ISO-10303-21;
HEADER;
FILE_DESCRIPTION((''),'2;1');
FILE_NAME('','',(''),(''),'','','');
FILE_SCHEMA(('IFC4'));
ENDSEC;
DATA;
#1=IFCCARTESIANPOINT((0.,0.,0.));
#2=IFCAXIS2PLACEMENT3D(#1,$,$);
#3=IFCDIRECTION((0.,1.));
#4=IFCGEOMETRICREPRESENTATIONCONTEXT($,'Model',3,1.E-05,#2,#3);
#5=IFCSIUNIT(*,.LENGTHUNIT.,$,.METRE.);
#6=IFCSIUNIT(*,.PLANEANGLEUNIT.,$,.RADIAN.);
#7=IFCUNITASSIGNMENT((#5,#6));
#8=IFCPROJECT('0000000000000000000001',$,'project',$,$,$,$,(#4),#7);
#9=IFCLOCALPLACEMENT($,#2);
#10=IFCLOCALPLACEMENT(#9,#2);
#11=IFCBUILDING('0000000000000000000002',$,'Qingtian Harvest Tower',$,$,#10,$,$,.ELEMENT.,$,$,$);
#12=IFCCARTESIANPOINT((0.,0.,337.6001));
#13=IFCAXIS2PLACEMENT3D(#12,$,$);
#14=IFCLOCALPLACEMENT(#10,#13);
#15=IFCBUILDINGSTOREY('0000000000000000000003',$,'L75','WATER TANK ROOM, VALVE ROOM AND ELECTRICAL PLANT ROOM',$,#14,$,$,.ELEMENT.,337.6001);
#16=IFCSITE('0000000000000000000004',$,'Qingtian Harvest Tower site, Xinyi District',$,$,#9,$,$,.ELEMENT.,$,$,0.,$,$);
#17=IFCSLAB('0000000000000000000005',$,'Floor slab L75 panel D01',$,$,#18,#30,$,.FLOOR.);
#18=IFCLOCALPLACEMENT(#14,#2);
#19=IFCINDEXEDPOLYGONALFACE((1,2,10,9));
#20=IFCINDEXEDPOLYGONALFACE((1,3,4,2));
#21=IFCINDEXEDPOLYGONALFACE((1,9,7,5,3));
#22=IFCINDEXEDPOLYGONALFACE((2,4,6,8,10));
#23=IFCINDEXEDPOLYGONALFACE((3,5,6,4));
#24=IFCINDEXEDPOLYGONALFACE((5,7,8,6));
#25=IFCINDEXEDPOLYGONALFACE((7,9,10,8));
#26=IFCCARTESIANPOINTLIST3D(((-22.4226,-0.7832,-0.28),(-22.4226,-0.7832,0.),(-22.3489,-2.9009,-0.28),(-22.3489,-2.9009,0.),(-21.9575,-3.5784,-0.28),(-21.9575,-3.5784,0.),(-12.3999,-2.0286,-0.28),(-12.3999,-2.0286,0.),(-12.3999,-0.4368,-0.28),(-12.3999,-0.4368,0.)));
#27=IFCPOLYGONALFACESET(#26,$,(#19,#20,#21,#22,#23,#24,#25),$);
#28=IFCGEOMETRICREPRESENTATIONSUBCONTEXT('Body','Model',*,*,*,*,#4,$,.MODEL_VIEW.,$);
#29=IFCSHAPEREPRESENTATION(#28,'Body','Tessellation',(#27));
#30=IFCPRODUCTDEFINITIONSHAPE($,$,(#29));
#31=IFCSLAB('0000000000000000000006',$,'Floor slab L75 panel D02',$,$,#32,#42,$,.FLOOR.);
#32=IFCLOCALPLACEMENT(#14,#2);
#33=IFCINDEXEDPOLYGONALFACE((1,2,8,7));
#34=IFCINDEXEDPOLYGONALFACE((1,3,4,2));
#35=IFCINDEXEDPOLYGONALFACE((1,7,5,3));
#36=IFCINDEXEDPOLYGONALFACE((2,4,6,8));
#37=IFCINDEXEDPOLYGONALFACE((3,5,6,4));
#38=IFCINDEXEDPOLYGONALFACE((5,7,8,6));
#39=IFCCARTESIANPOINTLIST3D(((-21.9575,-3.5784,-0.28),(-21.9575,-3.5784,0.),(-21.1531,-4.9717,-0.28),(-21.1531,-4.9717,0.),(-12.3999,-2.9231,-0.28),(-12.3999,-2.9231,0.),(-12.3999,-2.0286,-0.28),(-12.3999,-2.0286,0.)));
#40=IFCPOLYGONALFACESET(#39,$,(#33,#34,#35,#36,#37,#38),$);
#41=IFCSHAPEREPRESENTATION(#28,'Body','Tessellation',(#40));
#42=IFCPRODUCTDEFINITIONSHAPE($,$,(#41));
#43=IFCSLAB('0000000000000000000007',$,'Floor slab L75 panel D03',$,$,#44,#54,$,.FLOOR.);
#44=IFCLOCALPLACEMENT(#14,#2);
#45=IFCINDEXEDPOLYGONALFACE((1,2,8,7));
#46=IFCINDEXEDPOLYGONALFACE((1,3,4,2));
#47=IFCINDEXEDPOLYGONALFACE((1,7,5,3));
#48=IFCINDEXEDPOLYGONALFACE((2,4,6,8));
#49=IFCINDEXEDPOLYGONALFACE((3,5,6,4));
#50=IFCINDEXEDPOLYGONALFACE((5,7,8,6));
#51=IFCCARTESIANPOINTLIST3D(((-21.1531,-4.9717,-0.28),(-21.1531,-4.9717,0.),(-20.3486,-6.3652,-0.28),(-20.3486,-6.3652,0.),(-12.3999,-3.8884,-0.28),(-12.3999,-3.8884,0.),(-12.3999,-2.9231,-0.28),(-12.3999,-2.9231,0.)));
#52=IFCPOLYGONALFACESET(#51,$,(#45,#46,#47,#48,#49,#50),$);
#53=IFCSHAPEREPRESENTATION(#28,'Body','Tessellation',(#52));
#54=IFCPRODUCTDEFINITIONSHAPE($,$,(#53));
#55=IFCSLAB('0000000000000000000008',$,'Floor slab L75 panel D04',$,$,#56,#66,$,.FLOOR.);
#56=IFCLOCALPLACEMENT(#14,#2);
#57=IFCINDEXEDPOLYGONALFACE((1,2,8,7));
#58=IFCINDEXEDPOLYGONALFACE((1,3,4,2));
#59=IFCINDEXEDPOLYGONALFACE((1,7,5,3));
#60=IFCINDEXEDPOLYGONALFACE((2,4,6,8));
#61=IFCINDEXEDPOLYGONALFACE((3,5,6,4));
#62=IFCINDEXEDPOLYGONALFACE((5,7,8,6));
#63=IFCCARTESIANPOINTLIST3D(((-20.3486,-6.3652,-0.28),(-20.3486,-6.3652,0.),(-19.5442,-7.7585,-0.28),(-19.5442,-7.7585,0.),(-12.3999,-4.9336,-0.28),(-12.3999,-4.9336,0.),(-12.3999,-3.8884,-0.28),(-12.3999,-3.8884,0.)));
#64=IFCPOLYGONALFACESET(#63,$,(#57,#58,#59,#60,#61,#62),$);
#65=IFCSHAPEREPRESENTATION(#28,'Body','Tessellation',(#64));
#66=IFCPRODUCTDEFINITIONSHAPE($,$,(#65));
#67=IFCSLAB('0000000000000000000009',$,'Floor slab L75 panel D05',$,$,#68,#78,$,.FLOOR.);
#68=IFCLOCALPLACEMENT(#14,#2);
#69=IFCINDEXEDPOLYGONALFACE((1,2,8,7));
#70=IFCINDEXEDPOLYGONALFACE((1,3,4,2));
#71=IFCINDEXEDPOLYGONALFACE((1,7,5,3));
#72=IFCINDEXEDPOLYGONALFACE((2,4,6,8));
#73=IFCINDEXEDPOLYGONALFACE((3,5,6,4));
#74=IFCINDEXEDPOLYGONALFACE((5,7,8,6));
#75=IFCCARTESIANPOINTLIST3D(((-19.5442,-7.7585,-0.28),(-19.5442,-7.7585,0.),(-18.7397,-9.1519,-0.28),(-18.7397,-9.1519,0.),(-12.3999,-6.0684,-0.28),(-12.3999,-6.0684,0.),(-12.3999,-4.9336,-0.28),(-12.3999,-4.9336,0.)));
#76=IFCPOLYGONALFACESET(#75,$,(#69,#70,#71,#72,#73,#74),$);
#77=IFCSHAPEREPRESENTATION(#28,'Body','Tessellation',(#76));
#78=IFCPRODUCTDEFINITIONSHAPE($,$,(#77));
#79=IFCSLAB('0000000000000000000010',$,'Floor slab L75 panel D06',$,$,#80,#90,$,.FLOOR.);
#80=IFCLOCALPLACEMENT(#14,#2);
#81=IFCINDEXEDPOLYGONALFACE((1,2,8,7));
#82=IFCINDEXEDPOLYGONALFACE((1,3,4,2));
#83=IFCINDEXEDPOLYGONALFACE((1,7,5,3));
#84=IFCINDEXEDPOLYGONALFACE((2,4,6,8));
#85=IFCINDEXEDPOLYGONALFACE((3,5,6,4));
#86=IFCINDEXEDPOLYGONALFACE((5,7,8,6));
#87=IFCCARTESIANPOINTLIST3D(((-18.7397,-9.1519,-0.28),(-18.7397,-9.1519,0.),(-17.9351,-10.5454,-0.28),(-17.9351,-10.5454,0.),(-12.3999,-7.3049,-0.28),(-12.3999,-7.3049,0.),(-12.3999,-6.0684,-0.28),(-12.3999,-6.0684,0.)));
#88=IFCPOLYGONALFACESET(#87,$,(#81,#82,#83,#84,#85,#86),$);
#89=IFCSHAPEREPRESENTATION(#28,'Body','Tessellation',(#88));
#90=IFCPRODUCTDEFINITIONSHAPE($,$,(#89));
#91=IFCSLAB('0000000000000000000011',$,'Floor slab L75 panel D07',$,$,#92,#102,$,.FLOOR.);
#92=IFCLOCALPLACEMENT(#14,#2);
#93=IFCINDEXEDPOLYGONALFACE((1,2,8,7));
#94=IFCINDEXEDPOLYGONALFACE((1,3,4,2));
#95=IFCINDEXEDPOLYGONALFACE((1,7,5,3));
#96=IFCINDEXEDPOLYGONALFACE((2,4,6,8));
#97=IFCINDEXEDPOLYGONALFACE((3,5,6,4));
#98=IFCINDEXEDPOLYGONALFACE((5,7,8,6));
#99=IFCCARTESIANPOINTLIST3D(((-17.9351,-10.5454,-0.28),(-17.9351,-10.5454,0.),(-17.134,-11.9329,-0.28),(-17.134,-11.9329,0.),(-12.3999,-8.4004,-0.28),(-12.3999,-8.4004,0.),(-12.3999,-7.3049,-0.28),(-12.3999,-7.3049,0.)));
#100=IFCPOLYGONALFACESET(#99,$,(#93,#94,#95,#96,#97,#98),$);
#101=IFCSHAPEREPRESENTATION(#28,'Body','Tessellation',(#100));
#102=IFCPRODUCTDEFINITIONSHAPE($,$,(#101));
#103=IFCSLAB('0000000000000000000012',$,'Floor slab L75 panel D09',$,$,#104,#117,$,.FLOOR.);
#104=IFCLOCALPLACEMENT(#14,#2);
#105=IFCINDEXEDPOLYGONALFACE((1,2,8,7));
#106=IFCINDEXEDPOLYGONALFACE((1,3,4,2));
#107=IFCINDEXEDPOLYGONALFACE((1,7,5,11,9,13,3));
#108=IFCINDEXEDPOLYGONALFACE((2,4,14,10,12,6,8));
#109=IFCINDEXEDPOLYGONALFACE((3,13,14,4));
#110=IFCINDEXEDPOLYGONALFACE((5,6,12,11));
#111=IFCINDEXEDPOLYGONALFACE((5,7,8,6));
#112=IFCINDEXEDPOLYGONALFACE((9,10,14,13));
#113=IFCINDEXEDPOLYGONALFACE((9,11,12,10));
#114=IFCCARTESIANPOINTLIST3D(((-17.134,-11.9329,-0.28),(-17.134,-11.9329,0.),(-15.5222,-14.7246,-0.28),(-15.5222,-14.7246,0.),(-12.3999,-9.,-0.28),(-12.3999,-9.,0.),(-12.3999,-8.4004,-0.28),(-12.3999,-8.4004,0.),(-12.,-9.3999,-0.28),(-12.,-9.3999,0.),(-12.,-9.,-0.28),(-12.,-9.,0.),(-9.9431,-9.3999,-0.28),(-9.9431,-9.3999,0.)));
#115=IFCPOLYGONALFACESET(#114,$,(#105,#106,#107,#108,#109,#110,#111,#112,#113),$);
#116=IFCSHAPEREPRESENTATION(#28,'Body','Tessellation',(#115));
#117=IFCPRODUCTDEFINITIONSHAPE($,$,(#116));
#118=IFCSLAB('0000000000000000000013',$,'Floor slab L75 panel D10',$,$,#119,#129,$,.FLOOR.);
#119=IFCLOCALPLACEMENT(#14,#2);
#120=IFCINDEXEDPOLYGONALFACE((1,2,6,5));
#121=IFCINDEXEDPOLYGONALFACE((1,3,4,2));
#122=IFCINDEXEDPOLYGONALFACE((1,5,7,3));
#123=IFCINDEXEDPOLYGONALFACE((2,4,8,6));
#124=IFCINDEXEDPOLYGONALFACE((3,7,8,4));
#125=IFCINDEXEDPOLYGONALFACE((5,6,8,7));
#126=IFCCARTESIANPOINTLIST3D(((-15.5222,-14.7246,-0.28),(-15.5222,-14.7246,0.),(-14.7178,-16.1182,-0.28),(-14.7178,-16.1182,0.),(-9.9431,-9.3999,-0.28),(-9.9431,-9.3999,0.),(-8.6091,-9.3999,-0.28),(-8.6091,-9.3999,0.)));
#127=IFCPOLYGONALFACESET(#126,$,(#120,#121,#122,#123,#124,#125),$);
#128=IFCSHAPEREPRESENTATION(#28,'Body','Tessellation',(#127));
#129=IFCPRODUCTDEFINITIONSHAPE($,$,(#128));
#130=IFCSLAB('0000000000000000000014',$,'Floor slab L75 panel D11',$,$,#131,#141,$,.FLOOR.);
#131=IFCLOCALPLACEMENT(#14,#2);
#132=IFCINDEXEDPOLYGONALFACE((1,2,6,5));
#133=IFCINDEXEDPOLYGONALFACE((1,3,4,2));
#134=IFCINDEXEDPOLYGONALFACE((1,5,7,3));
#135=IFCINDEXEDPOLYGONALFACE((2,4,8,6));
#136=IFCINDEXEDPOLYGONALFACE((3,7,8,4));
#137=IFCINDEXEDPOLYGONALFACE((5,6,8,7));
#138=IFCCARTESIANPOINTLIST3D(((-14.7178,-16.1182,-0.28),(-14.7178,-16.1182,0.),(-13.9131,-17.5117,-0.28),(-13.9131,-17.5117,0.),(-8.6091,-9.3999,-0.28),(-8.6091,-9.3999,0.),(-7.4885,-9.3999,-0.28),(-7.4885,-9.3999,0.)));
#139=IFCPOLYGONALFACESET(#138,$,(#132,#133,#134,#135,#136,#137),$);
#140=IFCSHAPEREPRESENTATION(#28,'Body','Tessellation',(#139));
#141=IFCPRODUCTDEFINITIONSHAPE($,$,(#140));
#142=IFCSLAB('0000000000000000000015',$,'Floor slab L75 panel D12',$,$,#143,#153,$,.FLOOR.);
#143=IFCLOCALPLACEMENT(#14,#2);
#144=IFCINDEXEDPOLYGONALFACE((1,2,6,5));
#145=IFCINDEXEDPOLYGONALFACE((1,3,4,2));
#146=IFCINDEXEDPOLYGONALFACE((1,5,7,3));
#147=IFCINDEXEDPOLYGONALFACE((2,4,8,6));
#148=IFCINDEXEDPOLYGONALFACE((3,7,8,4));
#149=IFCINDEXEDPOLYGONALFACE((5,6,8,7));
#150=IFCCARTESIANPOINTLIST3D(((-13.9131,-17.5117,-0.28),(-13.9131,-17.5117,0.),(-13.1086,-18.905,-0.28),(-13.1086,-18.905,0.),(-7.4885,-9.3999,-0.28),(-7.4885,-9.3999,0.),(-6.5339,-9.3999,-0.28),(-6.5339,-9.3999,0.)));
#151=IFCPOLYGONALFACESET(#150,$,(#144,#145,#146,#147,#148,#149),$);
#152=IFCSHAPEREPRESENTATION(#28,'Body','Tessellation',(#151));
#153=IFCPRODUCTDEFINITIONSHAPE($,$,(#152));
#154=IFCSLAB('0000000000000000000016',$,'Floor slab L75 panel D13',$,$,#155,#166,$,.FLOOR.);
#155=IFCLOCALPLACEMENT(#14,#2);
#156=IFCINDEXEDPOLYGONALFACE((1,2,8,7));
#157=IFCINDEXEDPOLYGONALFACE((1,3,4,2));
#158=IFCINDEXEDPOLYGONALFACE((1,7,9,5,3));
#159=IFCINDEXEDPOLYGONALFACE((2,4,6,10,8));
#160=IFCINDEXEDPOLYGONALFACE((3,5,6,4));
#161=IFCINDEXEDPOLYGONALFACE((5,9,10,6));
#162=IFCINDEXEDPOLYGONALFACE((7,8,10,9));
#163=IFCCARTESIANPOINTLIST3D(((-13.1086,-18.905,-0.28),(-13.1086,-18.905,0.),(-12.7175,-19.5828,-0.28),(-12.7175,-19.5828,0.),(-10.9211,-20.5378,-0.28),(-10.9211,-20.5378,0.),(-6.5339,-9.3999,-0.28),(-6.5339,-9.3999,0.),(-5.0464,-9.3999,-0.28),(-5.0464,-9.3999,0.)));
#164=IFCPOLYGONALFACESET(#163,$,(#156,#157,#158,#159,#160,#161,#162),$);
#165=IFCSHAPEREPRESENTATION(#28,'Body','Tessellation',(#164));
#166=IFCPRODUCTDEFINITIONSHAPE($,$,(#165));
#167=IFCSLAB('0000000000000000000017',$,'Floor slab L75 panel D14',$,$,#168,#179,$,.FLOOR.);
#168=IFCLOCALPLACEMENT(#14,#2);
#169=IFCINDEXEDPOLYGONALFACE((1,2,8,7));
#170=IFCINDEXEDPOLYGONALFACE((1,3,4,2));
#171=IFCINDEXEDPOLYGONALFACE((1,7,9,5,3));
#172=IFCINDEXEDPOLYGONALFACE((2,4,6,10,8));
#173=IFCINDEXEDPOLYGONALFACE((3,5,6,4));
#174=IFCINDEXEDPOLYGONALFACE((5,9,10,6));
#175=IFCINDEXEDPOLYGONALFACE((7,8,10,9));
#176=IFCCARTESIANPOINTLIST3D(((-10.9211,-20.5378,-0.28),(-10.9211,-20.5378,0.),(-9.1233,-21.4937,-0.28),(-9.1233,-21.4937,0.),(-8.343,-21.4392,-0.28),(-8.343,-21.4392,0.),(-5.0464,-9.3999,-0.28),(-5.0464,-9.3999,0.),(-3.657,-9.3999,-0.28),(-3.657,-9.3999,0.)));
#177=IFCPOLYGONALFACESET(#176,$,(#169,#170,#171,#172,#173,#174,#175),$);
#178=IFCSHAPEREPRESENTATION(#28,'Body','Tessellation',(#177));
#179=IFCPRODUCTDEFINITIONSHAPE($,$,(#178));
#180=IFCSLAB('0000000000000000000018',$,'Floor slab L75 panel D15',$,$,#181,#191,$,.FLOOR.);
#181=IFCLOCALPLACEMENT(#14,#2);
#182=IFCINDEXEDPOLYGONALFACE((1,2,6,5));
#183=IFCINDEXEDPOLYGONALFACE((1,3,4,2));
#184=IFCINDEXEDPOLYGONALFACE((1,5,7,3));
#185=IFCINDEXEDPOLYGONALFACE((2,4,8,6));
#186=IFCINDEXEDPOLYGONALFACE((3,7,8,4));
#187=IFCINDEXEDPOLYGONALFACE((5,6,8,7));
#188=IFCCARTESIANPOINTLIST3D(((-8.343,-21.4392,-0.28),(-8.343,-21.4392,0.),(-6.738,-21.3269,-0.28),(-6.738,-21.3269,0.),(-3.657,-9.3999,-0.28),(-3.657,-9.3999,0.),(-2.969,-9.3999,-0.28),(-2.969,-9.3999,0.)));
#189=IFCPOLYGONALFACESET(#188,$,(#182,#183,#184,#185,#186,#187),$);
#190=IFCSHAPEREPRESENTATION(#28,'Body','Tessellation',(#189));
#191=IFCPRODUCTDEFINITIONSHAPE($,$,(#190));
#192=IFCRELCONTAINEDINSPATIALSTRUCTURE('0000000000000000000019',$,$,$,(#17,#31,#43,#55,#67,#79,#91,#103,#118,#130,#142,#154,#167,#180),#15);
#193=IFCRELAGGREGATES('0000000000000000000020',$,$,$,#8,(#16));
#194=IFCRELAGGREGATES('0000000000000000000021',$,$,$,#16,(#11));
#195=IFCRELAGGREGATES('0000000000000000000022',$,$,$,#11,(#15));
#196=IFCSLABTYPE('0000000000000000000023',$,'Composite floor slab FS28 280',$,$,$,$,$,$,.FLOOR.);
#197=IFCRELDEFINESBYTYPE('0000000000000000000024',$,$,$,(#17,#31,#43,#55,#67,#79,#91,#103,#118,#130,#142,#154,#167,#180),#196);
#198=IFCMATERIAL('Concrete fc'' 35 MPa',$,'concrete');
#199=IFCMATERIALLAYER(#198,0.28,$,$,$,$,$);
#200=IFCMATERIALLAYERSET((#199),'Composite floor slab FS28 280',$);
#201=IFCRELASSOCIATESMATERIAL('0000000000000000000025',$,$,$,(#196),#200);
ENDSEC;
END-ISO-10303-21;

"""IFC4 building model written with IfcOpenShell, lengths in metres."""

from ifc_helpers import new_model, si_unit, direction, frame, origin, place, context, subcontext, project, spatial, polyline, outline, extrude, material, layer, layer_set, type_object, element, save


model = new_model("IFC4")

# Units and contexts
model_context = context("Model", 3, precision=1e-05, world=origin(), true_north=direction((0.0, 1.0)))
body_context = subcontext(model_context, "Body", "Model", "MODEL_VIEW")
ifc_project = project(units=[si_unit("LENGTHUNIT", "METRE"), si_unit("PLANEANGLEUNIT", "RADIAN")], contexts=[model_context])

# Site, building, storey
site_placement = place(None, origin())
site = spatial("IfcSite", under=ifc_project, at=site_placement, Name="Qingtian Harvest Tower site, Xinyi District", CompositionType="ELEMENT", RefElevation=0.0)
building_placement = place(site_placement, origin())
building = spatial("IfcBuilding", under=site, at=building_placement, Name="Qingtian Harvest Tower", CompositionType="ELEMENT")
storey_placement = place(building_placement, frame((0.0, 0.0, 337.6001)))
storey = spatial("IfcBuildingStorey", under=building, at=storey_placement, Name="L75", Description="WATER TANK ROOM, VALVE ROOM AND ELECTRICAL PLANT ROOM", CompositionType="ELEMENT", Elevation=337.6001)

# Slabs
ifc_material_1 = material(Name="Concrete fc' 35 MPa", Category="concrete")
ifc_layer_1 = layer(ifc_material_1, 0.28)
ifc_layer_set_1 = layer_set([ifc_layer_1], Name="Composite floor slab FS28 280")
slab_type_1 = type_object("IfcSlabType", Name="Composite floor slab FS28 280", PredefinedType="FLOOR", material=ifc_layer_set_1)
slab_1_placement = place(storey_placement, frame((0.0, 0.0, -0.28)))
element("IfcSlab", 1, at=slab_1_placement, inside=storey, type_object=slab_type_1, Name="Floor slab L75 panel D01", PredefinedType="FLOOR", context=body_context, shape_type="SweptSolid", body=[
    extrude(outline(polyline([(-22.4226, -0.7832), (-12.3999, -0.4368), (-12.3999, -2.0286), (-21.9575, -3.5784), (-22.3489, -2.9009), (-22.4226, -0.7832)])), origin(), (0.0, 0.0, 1.0), 0.28),
])
slab_2_placement = place(storey_placement, frame((0.0, 0.0, -0.28)))
element("IfcSlab", 2, at=slab_2_placement, inside=storey, type_object=slab_type_1, Name="Floor slab L75 panel D02", PredefinedType="FLOOR", context=body_context, shape_type="SweptSolid", body=[
    extrude(outline(polyline([(-12.3999, -2.9231), (-21.1531, -4.9717), (-21.9575, -3.5784), (-12.3999, -2.0286), (-12.3999, -2.9231)])), origin(), (0.0, 0.0, 1.0), 0.28),
])
slab_3_placement = place(storey_placement, frame((0.0, 0.0, -0.28)))
element("IfcSlab", 3, at=slab_3_placement, inside=storey, type_object=slab_type_1, Name="Floor slab L75 panel D03", PredefinedType="FLOOR", context=body_context, shape_type="SweptSolid", body=[
    extrude(outline(polyline([(-12.3999, -3.8884), (-20.3486, -6.3652), (-21.1531, -4.9717), (-12.3999, -2.9231), (-12.3999, -3.8884)])), origin(), (0.0, 0.0, 1.0), 0.28),
])
slab_4_placement = place(storey_placement, frame((0.0, 0.0, -0.28)))
element("IfcSlab", 4, at=slab_4_placement, inside=storey, type_object=slab_type_1, Name="Floor slab L75 panel D04", PredefinedType="FLOOR", context=body_context, shape_type="SweptSolid", body=[
    extrude(outline(polyline([(-12.3999, -4.9336), (-19.5442, -7.7585), (-20.3486, -6.3652), (-12.3999, -3.8884), (-12.3999, -4.9336)])), origin(), (0.0, 0.0, 1.0), 0.28),
])
slab_5_placement = place(storey_placement, frame((0.0, 0.0, -0.28)))
element("IfcSlab", 5, at=slab_5_placement, inside=storey, type_object=slab_type_1, Name="Floor slab L75 panel D05", PredefinedType="FLOOR", context=body_context, shape_type="SweptSolid", body=[
    extrude(outline(polyline([(-12.3999, -6.0684), (-18.7397, -9.1519), (-19.5442, -7.7585), (-12.3999, -4.9336), (-12.3999, -6.0684)])), origin(), (0.0, 0.0, 1.0), 0.28),
])
slab_6_placement = place(storey_placement, frame((0.0, 0.0, -0.28)))
element("IfcSlab", 6, at=slab_6_placement, inside=storey, type_object=slab_type_1, Name="Floor slab L75 panel D06", PredefinedType="FLOOR", context=body_context, shape_type="SweptSolid", body=[
    extrude(outline(polyline([(-12.3999, -7.3049), (-17.9351, -10.5454), (-18.7397, -9.1519), (-12.3999, -6.0684), (-12.3999, -7.3049)])), origin(), (0.0, 0.0, 1.0), 0.28),
])
slab_7_placement = place(storey_placement, frame((0.0, 0.0, -0.28)))
element("IfcSlab", 7, at=slab_7_placement, inside=storey, type_object=slab_type_1, Name="Floor slab L75 panel D07", PredefinedType="FLOOR", context=body_context, shape_type="SweptSolid", body=[
    extrude(outline(polyline([(-12.3999, -8.4004), (-17.134, -11.9329), (-17.9351, -10.5454), (-12.3999, -7.3049), (-12.3999, -8.4004)])), origin(), (0.0, 0.0, 1.0), 0.28),
])
slab_8_placement = place(storey_placement, frame((0.0, 0.0, -0.28)))
element("IfcSlab", 8, at=slab_8_placement, inside=storey, type_object=slab_type_1, Name="Floor slab L75 panel D09", PredefinedType="FLOOR", context=body_context, shape_type="SweptSolid", body=[
    extrude(outline(polyline([(-15.5222, -14.7246), (-17.134, -11.9329), (-12.3999, -8.4004), (-12.3999, -9.0), (-12.0, -9.0), (-12.0, -9.3999), (-9.9431, -9.3999), (-15.5222, -14.7246)])), origin(), (0.0, 0.0, 1.0), 0.28),
])
slab_9_placement = place(storey_placement, frame((0.0, 0.0, -0.28)))
element("IfcSlab", 9, at=slab_9_placement, inside=storey, type_object=slab_type_1, Name="Floor slab L75 panel D10", PredefinedType="FLOOR", context=body_context, shape_type="SweptSolid", body=[
    extrude(outline(polyline([(-8.6091, -9.3999), (-14.7178, -16.1182), (-15.5222, -14.7246), (-9.9431, -9.3999), (-8.6091, -9.3999)])), origin(), (0.0, 0.0, 1.0), 0.28),
])
slab_10_placement = place(storey_placement, frame((0.0, 0.0, -0.28)))
element("IfcSlab", 10, at=slab_10_placement, inside=storey, type_object=slab_type_1, Name="Floor slab L75 panel D11", PredefinedType="FLOOR", context=body_context, shape_type="SweptSolid", body=[
    extrude(outline(polyline([(-7.4885, -9.3999), (-13.9131, -17.5117), (-14.7178, -16.1182), (-8.6091, -9.3999), (-7.4885, -9.3999)])), origin(), (0.0, 0.0, 1.0), 0.28),
])
slab_11_placement = place(storey_placement, frame((0.0, 0.0, -0.28)))
element("IfcSlab", 11, at=slab_11_placement, inside=storey, type_object=slab_type_1, Name="Floor slab L75 panel D12", PredefinedType="FLOOR", context=body_context, shape_type="SweptSolid", body=[
    extrude(outline(polyline([(-6.5339, -9.3999), (-13.1086, -18.905), (-13.9131, -17.5117), (-7.4885, -9.3999), (-6.5339, -9.3999)])), origin(), (0.0, 0.0, 1.0), 0.28),
])
slab_12_placement = place(storey_placement, frame((0.0, 0.0, -0.28)))
element("IfcSlab", 12, at=slab_12_placement, inside=storey, type_object=slab_type_1, Name="Floor slab L75 panel D13", PredefinedType="FLOOR", context=body_context, shape_type="SweptSolid", body=[
    extrude(outline(polyline([(-6.5339, -9.3999), (-5.0464, -9.3999), (-10.9211, -20.5378), (-12.7175, -19.5828), (-13.1086, -18.905), (-6.5339, -9.3999)])), origin(), (0.0, 0.0, 1.0), 0.28),
])
slab_13_placement = place(storey_placement, frame((0.0, 0.0, -0.28)))
element("IfcSlab", 13, at=slab_13_placement, inside=storey, type_object=slab_type_1, Name="Floor slab L75 panel D14", PredefinedType="FLOOR", context=body_context, shape_type="SweptSolid", body=[
    extrude(outline(polyline([(-5.0464, -9.3999), (-3.657, -9.3999), (-8.343, -21.4392), (-9.1233, -21.4937), (-10.9211, -20.5378), (-5.0464, -9.3999)])), origin(), (0.0, 0.0, 1.0), 0.28),
])
slab_14_placement = place(storey_placement, frame((0.0, 0.0, -0.28)))
element("IfcSlab", 14, at=slab_14_placement, inside=storey, type_object=slab_type_1, Name="Floor slab L75 panel D15", PredefinedType="FLOOR", context=body_context, shape_type="SweptSolid", body=[
    extrude(outline(polyline([(-2.969, -9.3999), (-6.738, -21.3269), (-8.343, -21.4392), (-3.657, -9.3999), (-2.969, -9.3999)])), origin(), (0.0, 0.0, 1.0), 0.28),
])

save(model, "model.ifc")
